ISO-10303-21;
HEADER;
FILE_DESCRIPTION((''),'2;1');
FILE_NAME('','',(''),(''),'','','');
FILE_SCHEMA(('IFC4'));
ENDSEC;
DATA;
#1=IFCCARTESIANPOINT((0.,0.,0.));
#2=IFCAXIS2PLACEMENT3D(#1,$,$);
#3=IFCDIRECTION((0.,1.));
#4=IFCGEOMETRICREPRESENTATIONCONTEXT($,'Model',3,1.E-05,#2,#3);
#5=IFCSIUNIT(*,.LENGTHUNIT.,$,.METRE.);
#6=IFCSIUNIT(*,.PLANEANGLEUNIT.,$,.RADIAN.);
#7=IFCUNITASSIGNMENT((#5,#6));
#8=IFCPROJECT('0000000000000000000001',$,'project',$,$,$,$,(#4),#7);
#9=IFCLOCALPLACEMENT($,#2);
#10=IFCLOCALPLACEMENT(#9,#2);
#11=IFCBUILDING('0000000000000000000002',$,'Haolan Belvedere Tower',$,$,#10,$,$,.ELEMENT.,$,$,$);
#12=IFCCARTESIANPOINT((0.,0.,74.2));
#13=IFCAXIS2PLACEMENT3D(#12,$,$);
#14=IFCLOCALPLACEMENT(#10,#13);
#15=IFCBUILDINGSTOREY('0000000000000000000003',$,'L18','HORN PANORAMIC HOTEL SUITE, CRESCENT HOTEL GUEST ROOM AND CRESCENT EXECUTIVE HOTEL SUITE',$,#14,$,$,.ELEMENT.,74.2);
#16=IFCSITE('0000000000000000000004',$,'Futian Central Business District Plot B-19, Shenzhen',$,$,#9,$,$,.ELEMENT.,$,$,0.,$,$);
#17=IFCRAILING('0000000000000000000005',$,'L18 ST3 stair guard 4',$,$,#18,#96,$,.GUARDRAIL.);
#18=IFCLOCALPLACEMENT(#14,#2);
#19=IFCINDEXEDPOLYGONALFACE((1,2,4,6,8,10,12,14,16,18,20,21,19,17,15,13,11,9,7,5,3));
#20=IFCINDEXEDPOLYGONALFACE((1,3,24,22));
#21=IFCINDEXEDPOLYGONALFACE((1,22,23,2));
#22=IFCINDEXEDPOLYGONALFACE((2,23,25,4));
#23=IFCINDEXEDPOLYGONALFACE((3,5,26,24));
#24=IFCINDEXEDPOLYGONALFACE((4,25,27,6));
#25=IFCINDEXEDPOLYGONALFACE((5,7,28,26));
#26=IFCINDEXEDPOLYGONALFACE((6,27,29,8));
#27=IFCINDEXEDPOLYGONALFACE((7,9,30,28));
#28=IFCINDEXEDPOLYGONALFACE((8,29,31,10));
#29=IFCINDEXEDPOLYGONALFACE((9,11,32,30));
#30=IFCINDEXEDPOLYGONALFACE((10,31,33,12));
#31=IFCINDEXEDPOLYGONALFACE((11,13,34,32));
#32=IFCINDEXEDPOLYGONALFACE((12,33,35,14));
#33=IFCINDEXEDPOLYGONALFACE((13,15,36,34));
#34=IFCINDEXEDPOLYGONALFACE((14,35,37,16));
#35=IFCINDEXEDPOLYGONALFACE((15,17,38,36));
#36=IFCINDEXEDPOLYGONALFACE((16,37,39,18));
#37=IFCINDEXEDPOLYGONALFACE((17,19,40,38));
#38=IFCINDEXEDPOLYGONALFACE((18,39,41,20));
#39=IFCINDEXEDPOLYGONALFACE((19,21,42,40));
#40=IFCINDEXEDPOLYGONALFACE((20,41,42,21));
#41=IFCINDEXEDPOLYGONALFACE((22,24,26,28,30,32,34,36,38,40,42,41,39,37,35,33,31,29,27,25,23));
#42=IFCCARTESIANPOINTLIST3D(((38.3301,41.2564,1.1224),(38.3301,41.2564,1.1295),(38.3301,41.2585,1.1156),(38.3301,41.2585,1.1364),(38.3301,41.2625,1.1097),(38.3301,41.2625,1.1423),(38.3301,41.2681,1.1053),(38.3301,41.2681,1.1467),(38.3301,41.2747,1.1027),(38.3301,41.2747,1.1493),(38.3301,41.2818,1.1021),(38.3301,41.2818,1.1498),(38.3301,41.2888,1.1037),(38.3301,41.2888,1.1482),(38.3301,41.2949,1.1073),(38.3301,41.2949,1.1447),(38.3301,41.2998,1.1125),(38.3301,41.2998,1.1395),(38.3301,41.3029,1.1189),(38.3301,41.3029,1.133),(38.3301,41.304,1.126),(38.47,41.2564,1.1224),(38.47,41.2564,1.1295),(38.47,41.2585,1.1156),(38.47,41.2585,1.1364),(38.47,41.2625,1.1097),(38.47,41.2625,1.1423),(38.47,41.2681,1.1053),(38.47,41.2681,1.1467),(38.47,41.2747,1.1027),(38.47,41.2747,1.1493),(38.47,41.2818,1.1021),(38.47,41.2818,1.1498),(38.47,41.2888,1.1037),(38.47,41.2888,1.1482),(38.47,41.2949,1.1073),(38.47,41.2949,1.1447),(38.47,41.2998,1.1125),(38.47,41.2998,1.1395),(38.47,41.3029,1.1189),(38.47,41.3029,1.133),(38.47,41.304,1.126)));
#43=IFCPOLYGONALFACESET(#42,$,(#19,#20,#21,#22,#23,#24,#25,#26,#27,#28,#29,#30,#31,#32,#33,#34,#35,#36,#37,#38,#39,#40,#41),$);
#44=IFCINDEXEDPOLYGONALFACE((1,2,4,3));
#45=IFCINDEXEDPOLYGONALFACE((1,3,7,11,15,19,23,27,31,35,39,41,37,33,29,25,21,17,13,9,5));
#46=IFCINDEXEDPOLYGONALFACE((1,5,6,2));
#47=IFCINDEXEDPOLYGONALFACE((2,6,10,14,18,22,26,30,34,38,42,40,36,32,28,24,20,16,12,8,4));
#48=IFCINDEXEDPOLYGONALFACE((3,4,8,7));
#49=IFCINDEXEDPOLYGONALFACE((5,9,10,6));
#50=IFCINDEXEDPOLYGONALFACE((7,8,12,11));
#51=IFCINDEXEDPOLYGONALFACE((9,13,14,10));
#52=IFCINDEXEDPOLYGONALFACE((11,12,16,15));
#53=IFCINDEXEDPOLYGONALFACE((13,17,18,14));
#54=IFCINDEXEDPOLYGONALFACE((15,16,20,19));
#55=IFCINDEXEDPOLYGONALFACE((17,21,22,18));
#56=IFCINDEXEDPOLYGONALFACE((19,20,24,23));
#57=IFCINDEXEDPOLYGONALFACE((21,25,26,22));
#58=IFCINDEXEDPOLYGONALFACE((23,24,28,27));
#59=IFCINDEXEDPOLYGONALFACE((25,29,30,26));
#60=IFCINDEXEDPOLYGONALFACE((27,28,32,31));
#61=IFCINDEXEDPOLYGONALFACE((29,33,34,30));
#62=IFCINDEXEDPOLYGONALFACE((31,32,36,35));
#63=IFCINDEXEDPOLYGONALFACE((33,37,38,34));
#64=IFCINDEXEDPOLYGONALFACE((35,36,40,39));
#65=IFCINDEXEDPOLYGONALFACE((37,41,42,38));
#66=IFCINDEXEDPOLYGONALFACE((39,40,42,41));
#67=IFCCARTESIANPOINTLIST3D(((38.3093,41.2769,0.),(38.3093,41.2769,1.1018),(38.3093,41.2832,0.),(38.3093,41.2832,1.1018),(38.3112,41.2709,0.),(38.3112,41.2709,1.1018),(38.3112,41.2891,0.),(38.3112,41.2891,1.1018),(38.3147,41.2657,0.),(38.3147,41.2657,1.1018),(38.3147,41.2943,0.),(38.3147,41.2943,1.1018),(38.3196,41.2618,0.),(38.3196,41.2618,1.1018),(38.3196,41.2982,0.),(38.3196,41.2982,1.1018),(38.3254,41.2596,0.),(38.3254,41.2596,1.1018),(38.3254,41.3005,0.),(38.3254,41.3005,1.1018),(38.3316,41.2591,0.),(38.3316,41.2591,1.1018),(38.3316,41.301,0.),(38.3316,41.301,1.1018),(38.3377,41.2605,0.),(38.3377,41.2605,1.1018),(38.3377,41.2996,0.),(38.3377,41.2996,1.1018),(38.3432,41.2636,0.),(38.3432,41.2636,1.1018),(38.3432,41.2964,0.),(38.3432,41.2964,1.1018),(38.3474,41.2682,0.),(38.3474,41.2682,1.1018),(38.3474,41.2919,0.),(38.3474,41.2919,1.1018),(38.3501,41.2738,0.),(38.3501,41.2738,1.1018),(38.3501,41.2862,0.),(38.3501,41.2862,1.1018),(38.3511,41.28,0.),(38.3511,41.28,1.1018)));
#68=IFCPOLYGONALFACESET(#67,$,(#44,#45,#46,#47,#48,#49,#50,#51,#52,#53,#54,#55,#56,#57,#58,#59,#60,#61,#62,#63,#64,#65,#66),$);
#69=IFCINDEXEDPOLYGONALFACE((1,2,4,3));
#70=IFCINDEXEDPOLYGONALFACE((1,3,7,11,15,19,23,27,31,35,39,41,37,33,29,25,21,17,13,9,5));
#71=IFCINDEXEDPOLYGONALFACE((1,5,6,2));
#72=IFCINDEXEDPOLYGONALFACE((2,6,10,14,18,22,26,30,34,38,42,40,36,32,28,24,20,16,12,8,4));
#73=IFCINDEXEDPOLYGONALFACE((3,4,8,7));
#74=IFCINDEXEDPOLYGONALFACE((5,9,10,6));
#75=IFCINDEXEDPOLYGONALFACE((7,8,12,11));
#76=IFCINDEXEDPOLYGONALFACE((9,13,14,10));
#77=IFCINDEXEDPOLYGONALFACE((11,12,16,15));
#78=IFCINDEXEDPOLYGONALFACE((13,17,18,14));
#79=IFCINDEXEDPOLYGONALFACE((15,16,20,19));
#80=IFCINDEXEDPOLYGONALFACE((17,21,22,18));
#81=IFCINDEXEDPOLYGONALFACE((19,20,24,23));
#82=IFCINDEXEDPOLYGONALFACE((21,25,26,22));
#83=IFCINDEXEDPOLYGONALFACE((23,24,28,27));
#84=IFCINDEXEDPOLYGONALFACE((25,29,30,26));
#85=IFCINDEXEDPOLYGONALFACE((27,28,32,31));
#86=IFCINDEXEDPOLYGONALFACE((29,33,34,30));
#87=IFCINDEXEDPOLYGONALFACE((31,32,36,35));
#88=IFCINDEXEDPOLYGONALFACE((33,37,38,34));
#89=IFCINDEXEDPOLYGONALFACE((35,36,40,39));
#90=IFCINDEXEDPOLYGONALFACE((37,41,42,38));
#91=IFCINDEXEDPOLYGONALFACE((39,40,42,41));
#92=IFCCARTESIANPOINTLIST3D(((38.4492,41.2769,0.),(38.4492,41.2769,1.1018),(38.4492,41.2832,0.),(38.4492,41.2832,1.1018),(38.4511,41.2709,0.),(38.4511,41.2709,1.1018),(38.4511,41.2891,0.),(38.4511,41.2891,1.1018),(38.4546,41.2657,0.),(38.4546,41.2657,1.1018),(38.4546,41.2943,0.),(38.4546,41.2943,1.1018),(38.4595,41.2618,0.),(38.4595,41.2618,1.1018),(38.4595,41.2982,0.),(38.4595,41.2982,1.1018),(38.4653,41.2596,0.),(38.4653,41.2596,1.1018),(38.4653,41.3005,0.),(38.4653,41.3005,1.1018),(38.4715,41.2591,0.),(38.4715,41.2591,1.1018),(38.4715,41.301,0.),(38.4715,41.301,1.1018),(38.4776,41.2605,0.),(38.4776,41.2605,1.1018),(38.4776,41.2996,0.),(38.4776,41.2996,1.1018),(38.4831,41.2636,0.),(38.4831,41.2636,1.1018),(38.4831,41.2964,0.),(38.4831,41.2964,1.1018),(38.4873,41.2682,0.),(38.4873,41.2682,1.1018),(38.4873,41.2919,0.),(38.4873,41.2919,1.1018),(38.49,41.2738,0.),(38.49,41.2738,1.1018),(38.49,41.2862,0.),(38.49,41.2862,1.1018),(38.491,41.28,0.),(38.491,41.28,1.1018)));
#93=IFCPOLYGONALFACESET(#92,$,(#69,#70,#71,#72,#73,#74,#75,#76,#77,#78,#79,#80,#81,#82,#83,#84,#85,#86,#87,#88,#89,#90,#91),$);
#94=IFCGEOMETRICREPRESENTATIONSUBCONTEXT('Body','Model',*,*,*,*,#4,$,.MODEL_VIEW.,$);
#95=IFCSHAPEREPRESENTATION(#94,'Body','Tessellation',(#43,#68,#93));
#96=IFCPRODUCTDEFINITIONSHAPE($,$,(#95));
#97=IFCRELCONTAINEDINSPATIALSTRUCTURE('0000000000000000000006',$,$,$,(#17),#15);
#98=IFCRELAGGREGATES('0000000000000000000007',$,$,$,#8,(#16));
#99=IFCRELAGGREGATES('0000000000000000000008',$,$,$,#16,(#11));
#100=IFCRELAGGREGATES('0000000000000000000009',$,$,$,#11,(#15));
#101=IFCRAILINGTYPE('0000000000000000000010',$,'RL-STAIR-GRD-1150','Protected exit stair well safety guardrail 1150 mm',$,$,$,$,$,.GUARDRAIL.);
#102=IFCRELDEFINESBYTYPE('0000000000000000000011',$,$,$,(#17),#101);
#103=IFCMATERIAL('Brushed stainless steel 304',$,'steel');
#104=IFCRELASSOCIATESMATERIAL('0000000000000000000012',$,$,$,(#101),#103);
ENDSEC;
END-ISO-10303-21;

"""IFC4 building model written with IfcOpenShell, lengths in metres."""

from ifc_helpers import new_model, si_unit, direction, frame, origin, origin_2d, place, context, subcontext, project, spatial, circle, extrude, material, type_object, element, save


model = new_model("IFC4")

# Units and contexts
model_context = context("Model", 3, precision=1e-05, world=origin(), true_north=direction((0.0, 1.0)))
body_context = subcontext(model_context, "Body", "Model", "MODEL_VIEW")
ifc_project = project(units=[si_unit("LENGTHUNIT", "METRE"), si_unit("PLANEANGLEUNIT", "RADIAN")], contexts=[model_context])

# Site, building, storey
site_placement = place(None, origin())
site = spatial("IfcSite", under=ifc_project, at=site_placement, Name="Futian Central Business District Plot B-19, Shenzhen", CompositionType="ELEMENT", RefElevation=0.0)
building_placement = place(site_placement, origin())
building = spatial("IfcBuilding", under=site, at=building_placement, Name="Haolan Belvedere Tower", CompositionType="ELEMENT")
storey_placement = place(building_placement, frame((0.0, 0.0, 74.2)))
storey = spatial("IfcBuildingStorey", under=building, at=storey_placement, Name="L18", Description="HORN PANORAMIC HOTEL SUITE, CRESCENT HOTEL GUEST ROOM AND CRESCENT EXECUTIVE HOTEL SUITE", CompositionType="ELEMENT", Elevation=74.2)

# Railing
ifc_material_1 = material(Name="Brushed stainless steel 304", Category="steel")
railing_type_1 = type_object("IfcRailingType", Name="RL-STAIR-GRD-1150", Description="Protected exit stair well safety guardrail 1150 mm", PredefinedType="GUARDRAIL", material=ifc_material_1)
railing_1_placement = place(storey_placement, frame((38.3301, 41.28, 0.0)))
element("IfcRailing", 1, at=railing_1_placement, inside=storey, type_object=railing_type_1, Name="L18 ST3 stair guard 4", PredefinedType="GUARDRAIL", context=body_context, shape_type="SweptSolid", body=[
    extrude(circle(Radius=0.0239, at=origin_2d()), frame((0.0, 0.0, 1.126), z_axis=(1.0, 0.0, 0.0), x_axis=(0.0, 1.0, 0.0)), (0.0, 0.0, 1.0), 0.1399),
    extrude(circle(Radius=0.021, at=origin_2d()), origin(), (0.0, 0.0, 1.0), 1.1018),
    extrude(circle(Radius=0.021, at=origin_2d()), frame((0.1399, 0.0, 0.0)), (0.0, 0.0, 1.0), 1.1018),
])

save(model, "model.ifc")
